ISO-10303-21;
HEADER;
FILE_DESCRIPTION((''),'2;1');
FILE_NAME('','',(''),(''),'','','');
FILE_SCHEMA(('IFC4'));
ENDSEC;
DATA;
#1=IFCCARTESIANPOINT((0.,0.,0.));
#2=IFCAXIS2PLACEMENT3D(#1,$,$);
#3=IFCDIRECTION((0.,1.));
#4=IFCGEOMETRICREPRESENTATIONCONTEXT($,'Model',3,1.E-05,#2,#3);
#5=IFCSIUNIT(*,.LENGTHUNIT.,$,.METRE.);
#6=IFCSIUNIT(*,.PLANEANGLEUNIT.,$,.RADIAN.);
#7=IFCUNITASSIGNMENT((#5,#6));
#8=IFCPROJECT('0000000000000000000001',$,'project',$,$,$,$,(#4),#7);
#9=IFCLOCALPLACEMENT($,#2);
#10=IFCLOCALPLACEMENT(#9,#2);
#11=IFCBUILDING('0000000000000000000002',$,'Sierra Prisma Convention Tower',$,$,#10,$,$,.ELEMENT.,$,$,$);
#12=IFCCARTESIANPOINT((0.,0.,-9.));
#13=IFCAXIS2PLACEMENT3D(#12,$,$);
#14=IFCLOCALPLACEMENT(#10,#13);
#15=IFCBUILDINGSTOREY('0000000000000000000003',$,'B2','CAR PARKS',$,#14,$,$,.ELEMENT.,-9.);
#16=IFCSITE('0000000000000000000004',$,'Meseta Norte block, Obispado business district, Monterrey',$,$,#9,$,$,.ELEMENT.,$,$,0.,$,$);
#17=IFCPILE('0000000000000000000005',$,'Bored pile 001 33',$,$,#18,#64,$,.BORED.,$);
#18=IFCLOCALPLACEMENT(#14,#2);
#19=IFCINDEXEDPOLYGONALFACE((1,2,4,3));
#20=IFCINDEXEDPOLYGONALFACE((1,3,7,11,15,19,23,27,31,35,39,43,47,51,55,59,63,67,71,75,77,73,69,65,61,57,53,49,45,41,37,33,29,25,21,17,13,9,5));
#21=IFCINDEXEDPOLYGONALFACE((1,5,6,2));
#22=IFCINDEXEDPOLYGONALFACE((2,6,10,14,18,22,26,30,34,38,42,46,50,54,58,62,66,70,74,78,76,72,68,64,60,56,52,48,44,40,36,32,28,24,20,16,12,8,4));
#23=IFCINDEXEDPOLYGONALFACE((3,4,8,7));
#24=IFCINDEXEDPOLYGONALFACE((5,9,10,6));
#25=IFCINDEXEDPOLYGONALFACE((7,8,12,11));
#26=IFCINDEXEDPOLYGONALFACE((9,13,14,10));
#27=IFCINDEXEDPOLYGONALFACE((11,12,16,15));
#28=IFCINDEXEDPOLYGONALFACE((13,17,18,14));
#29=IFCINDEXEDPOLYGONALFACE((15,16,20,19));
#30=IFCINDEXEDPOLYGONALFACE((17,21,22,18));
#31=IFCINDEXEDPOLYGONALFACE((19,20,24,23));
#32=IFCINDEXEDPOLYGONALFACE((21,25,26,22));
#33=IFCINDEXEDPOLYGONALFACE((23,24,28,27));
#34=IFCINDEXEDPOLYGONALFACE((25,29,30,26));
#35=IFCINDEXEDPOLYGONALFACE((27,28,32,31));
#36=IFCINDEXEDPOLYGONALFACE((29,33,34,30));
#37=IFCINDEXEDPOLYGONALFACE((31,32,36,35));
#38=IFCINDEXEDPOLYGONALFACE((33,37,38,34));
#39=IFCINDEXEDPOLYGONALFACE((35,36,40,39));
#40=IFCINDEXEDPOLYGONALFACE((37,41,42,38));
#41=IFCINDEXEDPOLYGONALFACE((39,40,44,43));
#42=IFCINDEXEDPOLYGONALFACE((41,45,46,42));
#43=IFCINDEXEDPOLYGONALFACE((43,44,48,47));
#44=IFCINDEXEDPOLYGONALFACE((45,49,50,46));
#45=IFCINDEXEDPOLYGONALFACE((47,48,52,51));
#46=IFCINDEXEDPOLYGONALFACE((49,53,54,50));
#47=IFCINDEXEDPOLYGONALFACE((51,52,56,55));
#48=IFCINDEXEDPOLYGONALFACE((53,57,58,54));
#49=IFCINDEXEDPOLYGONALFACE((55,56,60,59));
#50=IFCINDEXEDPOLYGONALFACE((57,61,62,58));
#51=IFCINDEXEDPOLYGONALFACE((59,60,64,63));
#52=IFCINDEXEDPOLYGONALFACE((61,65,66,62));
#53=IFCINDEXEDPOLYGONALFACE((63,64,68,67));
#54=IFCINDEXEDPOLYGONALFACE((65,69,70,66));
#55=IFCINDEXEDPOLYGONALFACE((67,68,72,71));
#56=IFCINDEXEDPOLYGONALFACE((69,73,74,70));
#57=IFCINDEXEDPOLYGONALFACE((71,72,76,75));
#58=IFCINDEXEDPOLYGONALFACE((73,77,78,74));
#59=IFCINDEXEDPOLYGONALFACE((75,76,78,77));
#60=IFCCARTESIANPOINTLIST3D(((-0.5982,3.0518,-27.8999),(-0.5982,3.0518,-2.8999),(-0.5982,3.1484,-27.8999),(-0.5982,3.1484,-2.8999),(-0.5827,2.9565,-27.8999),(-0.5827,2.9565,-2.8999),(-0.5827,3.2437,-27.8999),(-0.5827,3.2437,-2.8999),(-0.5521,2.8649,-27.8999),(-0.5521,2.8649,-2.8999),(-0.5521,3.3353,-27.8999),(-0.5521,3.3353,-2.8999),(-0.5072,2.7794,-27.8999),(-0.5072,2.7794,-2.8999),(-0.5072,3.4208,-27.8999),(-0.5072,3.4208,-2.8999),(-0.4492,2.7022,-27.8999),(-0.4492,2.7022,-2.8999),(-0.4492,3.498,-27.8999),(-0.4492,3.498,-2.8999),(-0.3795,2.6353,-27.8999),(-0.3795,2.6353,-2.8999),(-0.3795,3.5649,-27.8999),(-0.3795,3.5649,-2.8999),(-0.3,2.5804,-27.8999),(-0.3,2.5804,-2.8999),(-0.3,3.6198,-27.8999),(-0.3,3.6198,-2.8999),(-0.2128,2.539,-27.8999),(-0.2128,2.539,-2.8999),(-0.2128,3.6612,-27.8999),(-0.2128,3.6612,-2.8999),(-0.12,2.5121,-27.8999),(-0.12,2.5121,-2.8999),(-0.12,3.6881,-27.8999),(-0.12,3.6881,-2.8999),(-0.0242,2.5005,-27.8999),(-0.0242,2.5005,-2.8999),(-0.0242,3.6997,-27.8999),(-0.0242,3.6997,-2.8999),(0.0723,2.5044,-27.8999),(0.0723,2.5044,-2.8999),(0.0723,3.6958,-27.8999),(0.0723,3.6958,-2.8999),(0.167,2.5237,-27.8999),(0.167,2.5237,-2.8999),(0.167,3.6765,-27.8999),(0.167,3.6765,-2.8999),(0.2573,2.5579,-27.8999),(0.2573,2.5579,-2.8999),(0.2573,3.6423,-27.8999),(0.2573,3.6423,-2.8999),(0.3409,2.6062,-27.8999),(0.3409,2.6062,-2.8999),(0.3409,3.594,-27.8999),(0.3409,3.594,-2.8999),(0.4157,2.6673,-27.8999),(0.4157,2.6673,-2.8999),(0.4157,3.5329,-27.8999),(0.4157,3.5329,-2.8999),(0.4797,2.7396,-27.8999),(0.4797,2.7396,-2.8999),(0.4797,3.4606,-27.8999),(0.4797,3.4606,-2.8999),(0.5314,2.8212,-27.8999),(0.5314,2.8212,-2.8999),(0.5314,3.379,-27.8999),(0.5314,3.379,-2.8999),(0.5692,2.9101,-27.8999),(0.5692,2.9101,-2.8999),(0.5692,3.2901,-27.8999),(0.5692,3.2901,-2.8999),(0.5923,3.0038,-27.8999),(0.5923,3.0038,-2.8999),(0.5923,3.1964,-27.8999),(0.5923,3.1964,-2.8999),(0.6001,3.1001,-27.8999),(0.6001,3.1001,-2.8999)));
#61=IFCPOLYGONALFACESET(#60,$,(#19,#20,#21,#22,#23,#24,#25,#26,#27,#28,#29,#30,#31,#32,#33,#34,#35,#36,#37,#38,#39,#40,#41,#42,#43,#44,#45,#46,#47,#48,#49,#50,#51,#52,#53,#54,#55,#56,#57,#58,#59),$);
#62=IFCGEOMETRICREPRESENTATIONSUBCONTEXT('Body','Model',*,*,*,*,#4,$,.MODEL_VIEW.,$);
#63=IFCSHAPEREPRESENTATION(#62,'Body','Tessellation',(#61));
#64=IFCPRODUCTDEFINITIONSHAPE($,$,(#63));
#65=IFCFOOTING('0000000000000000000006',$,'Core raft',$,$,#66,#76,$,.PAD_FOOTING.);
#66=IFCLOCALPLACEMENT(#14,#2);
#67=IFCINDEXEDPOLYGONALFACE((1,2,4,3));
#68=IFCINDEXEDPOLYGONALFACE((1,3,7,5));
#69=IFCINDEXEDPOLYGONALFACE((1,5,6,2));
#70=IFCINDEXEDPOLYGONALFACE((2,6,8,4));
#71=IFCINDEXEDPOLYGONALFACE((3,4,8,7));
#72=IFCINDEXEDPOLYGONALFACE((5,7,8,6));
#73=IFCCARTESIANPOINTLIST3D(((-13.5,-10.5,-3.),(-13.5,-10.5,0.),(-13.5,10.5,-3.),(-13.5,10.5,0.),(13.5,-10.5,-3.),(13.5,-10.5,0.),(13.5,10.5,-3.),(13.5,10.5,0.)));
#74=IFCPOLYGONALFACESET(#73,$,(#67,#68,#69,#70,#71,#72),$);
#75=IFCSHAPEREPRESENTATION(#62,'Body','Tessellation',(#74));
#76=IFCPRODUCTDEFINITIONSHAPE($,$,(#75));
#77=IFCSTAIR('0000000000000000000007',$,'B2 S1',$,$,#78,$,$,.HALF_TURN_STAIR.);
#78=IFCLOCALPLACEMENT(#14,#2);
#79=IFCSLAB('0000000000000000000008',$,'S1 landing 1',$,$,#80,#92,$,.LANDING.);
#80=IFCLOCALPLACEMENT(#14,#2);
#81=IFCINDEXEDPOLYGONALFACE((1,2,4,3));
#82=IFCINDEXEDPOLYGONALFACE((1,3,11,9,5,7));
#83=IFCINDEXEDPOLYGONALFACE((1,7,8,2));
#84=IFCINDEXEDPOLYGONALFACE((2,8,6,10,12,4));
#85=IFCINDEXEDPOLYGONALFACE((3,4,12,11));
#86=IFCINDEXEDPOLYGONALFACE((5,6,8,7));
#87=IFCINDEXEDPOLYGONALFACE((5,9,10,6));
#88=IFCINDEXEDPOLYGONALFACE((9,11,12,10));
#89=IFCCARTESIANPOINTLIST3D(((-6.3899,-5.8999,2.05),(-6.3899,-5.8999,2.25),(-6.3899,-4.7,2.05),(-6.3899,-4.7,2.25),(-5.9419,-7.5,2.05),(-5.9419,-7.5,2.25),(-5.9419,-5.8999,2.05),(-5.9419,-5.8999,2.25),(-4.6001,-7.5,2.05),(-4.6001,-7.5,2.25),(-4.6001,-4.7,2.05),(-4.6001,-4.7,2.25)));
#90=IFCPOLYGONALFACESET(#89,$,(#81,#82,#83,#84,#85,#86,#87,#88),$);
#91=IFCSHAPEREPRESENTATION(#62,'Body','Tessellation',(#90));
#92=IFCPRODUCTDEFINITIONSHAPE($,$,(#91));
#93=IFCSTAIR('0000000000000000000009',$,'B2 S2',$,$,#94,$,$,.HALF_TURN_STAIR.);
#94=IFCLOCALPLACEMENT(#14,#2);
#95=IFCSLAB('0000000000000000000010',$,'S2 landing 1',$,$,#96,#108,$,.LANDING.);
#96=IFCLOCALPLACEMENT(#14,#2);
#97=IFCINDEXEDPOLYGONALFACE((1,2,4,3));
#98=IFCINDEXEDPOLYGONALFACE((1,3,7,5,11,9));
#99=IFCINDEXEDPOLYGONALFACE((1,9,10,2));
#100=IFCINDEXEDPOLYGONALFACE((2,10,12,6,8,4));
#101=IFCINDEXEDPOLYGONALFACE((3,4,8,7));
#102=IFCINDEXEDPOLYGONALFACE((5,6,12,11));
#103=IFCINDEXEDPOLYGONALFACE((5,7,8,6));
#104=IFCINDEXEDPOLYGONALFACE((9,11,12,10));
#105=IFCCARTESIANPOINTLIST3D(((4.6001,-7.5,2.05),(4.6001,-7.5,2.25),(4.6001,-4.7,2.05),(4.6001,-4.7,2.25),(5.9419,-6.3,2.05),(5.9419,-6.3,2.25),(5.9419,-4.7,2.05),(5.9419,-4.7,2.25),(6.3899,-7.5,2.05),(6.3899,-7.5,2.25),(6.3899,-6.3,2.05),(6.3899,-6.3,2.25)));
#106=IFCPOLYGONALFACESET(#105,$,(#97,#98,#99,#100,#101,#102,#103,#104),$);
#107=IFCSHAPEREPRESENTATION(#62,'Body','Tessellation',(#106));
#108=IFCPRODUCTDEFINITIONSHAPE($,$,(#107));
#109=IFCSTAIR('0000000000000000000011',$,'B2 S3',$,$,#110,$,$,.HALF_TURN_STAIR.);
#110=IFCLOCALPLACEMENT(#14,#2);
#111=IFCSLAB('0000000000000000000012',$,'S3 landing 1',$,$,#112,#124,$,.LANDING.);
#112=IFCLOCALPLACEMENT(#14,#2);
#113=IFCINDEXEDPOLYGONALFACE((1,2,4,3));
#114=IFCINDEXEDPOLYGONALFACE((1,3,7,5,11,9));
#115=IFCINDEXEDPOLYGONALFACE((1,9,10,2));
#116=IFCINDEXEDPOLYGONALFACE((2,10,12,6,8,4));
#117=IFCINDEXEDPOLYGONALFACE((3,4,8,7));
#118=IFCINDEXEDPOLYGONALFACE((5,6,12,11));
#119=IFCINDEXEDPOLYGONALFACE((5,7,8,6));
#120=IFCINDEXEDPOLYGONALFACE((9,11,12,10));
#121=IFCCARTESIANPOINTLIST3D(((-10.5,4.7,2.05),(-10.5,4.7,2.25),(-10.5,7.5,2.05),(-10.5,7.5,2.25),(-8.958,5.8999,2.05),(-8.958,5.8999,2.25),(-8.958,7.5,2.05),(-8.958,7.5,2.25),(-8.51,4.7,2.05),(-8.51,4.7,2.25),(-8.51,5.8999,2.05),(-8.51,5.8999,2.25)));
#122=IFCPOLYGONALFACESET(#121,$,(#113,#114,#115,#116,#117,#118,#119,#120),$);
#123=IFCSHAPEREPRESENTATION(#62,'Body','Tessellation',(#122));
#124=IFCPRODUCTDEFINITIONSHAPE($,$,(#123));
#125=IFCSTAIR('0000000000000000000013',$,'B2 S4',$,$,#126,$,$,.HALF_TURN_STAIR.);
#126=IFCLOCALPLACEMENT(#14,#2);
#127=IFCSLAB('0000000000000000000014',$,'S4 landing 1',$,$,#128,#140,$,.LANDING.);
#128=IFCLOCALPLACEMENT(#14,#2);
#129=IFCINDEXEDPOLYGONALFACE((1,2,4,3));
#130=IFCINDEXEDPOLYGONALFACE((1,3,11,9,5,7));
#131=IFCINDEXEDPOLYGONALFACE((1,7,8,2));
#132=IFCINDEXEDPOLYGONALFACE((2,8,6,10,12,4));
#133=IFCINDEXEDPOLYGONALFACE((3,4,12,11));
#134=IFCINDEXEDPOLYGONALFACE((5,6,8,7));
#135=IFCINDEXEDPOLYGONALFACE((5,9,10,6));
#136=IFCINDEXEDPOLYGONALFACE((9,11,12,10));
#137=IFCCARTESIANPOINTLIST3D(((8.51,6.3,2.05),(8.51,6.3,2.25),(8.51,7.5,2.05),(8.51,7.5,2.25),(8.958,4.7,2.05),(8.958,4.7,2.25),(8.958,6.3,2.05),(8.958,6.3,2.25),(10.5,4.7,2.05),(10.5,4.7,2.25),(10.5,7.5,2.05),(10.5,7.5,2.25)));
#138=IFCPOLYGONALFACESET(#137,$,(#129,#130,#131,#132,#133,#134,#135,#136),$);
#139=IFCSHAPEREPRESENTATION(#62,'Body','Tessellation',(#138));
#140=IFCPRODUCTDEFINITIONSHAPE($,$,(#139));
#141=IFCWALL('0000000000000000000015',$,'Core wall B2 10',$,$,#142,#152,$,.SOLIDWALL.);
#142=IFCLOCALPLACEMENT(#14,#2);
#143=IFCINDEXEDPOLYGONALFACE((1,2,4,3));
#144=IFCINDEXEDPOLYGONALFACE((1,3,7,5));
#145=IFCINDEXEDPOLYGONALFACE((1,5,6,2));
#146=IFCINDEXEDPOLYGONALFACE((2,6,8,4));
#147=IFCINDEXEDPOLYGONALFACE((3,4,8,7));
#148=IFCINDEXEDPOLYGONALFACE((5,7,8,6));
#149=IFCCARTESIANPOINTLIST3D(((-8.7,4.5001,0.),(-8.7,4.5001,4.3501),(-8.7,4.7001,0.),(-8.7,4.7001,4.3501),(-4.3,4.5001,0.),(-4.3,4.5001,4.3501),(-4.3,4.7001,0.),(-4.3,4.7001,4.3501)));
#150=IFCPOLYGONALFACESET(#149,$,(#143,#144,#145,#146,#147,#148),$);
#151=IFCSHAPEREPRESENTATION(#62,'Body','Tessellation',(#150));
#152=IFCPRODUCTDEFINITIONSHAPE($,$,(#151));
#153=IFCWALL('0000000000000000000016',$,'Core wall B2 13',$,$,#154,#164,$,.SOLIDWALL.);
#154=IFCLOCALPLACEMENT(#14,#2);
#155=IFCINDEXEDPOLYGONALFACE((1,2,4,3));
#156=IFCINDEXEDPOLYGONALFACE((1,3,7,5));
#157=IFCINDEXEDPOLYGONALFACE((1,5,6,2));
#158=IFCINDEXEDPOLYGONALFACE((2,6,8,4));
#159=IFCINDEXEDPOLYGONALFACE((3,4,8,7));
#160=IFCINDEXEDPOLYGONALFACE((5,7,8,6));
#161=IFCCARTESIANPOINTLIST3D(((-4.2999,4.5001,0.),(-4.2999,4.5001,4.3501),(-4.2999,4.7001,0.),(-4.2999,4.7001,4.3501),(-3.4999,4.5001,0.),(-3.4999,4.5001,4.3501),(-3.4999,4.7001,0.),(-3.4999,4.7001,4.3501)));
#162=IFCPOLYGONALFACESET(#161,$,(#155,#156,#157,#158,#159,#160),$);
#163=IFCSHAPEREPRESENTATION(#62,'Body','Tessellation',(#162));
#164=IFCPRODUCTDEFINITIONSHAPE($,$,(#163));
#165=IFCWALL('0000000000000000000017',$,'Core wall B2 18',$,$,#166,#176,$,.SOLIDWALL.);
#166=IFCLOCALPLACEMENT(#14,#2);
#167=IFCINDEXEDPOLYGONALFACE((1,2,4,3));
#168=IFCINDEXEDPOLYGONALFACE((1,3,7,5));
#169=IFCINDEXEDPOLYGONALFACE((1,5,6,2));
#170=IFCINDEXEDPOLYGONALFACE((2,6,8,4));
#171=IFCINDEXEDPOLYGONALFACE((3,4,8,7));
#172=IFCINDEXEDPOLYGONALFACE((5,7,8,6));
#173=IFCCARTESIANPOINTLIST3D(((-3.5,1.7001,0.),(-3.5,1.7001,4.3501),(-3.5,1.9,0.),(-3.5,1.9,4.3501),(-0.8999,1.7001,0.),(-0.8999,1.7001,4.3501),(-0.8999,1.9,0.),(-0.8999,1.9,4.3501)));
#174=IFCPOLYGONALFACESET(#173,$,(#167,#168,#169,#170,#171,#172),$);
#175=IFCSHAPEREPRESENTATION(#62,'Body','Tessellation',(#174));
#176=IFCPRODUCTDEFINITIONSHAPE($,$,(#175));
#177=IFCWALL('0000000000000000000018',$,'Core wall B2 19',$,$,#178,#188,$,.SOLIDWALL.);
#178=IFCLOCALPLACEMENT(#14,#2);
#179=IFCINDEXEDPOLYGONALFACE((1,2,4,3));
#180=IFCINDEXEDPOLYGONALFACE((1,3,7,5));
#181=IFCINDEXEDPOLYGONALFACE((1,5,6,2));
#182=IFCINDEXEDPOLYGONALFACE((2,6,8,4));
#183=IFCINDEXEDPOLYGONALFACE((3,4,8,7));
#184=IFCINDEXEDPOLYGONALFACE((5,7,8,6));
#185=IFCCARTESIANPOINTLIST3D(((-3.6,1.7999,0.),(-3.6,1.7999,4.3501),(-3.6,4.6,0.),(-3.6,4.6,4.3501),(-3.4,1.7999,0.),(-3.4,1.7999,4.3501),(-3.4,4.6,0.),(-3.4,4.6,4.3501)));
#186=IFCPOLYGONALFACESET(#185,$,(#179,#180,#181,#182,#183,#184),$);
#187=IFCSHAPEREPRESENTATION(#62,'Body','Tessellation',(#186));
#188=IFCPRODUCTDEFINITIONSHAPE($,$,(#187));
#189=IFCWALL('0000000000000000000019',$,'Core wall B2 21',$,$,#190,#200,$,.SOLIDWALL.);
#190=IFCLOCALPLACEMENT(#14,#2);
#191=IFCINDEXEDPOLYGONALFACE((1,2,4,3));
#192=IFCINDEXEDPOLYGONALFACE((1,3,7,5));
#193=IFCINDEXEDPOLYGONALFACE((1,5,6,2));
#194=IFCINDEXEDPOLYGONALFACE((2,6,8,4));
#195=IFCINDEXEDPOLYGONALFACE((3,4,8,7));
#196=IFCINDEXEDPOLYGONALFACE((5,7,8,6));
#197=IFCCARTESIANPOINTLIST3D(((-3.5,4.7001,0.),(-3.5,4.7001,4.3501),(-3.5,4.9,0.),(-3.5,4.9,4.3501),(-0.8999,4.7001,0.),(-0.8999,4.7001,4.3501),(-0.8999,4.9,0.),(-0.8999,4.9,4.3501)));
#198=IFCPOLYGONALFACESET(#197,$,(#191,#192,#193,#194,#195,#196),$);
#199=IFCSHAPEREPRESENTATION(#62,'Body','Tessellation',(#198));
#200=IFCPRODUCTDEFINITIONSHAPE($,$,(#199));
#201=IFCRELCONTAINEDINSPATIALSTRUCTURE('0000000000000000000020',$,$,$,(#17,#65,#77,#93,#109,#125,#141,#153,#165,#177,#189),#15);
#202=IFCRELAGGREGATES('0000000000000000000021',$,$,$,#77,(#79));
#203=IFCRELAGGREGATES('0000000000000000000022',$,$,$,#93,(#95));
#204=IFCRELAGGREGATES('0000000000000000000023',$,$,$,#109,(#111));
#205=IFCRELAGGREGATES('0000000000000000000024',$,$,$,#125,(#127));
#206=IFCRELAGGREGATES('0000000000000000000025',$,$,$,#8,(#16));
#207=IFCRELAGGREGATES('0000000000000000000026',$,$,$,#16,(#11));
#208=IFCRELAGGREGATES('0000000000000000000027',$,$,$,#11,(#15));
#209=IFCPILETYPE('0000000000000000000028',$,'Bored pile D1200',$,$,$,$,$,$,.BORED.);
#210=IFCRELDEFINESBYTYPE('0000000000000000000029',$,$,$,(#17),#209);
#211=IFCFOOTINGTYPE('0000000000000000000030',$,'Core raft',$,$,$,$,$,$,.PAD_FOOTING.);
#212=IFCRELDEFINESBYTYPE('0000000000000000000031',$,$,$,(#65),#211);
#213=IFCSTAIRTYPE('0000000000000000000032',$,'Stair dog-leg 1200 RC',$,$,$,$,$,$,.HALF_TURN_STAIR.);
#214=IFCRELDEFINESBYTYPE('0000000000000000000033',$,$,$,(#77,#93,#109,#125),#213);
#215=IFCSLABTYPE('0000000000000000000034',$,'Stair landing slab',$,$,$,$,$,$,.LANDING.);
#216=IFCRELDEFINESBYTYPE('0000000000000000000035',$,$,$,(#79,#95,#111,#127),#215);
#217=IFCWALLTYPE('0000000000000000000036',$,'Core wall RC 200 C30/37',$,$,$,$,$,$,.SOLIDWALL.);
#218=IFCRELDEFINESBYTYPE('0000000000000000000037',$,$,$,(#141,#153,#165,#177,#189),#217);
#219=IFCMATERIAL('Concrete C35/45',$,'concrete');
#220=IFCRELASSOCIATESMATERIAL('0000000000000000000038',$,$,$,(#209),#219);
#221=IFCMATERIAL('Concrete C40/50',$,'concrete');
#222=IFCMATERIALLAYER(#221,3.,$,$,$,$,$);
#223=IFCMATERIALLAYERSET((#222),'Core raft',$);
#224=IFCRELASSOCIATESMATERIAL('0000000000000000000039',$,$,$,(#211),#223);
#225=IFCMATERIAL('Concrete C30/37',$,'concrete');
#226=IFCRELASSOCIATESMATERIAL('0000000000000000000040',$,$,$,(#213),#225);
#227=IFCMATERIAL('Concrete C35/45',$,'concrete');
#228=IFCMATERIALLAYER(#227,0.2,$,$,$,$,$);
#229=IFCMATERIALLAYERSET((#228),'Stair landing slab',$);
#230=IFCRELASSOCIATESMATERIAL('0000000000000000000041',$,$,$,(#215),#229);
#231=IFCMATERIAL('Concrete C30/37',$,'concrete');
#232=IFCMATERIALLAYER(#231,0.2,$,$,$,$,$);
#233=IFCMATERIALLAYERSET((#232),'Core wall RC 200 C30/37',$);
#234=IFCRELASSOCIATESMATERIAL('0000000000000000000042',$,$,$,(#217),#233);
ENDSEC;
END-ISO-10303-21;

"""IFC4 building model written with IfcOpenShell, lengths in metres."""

from ifc_helpers import new_model, si_unit, direction, frame, frame_2d, origin, origin_2d, place, context, subcontext, project, spatial, polyline, rectangle, circle, outline, extrude, material, layer, layer_set, material_profile, profile_set, type_object, element, aggregate, save


model = new_model("IFC4")

# Units and contexts
model_context = context("Model", 3, precision=1e-05, world=origin(), true_north=direction((0.0, 1.0)))
body_context = subcontext(model_context, "Body", "Model", "MODEL_VIEW")
ifc_project = project(units=[si_unit("LENGTHUNIT", "METRE"), si_unit("PLANEANGLEUNIT", "RADIAN")], contexts=[model_context])

# Site, building, storey
site_placement = place(None, origin())
site = spatial("IfcSite", under=ifc_project, at=site_placement, Name="Meseta Norte block, Obispado business district, Monterrey", CompositionType="ELEMENT", RefElevation=0.0)
building_placement = place(site_placement, origin())
building = spatial("IfcBuilding", under=site, at=building_placement, Name="Sierra Prisma Convention Tower", CompositionType="ELEMENT")
storey_placement = place(building_placement, frame((0.0, 0.0, -9.0)))
storey = spatial("IfcBuildingStorey", under=building, at=storey_placement, Name="B2", Description="CAR PARKS", CompositionType="ELEMENT", Elevation=-9.0)

# Pile
ifc_material_1 = material(Name="Concrete C35/45", Category="concrete")
ifc_material_profile = material_profile(ifc_material_1, circle(Radius=0.6001, at=origin_2d()), Name="D1200")
ifc_profile_set = profile_set([ifc_material_profile], Name="Concrete C35/45")
pile_type = type_object("IfcPileType", Name="Bored pile D1200", PredefinedType="BORED", material=ifc_profile_set)
for number, where, z_axis, x_axis, name in (
    (1, (0.0, 3.1001, -2.8999), (0.0, 0.0, -1.0), (1.0, 0.0, 0.0), "Bored pile 001 33"),
):
    element("IfcPile", number, at=place(storey_placement, frame(where, z_axis=z_axis, x_axis=x_axis)), inside=storey, type_object=pile_type, Name=name, PredefinedType="BORED", context=body_context, shape_type="SweptSolid", body=[
        extrude(circle(Radius=0.6001, at=origin_2d()), origin(), (0.0, 0.0, 1.0), 25.0),
    ])

# Footing
ifc_material_2 = material(Name="Concrete C40/50", Category="concrete")
ifc_layer_1 = layer(ifc_material_2, 3.0)
ifc_layer_set_1 = layer_set([ifc_layer_1], Name="Core raft")
footing_type = type_object("IfcFootingType", Name="Core raft", PredefinedType="PAD_FOOTING", material=ifc_layer_set_1)
footing_placement = place(storey_placement, frame((0.0, 0.0, -3.0), z_axis=(0.0, 0.0, 1.0), x_axis=(1.0, 0.0, 0.0)))
element("IfcFooting", 2, at=footing_placement, inside=storey, type_object=footing_type, Name="Core raft", PredefinedType="PAD_FOOTING", context=body_context, shape_type="SweptSolid", body=[
    extrude(rectangle(XDim=27.0, YDim=21.0, at=origin_2d()), origin(), (0.0, 0.0, 1.0), 3.0),
])

# Stairs, slabs
ifc_material_3 = material(Name="Concrete C30/37", Category="concrete")
stair_type = type_object("IfcStairType", Name="Stair dog-leg 1200 RC", PredefinedType="HALF_TURN_STAIR", material=ifc_material_3)
stair_1_placement = place(storey_placement, origin())
stair_1 = element("IfcStair", 3, at=stair_1_placement, inside=storey, type_object=stair_type, Name="B2 S1", PredefinedType="HALF_TURN_STAIR")
ifc_material_4 = material(Name="Concrete C35/45", Category="concrete")
ifc_layer_2 = layer(ifc_material_4, 0.2)
ifc_layer_set_2 = layer_set([ifc_layer_2], Name="Stair landing slab")
slab_type_1 = type_object("IfcSlabType", Name="Stair landing slab", PredefinedType="LANDING", material=ifc_layer_set_2)
slab_1_placement = place(storey_placement, frame((0.0, 0.0, 2.05)))
slab_1 = element("IfcSlab", 4, at=slab_1_placement, type_object=slab_type_1, Name="S1 landing 1", PredefinedType="LANDING", context=body_context, shape_type="SweptSolid", body=[
    extrude(outline(polyline([(-4.6001, -4.7), (-4.6001, -7.5), (-5.9419, -7.5), (-5.9419, -5.8999), (-6.3899, -5.8999), (-6.3899, -4.7), (-4.6001, -4.7)])), origin(), (0.0, 0.0, 1.0), 0.2),
])
aggregate(stair_1, [slab_1])
stair_2_placement = place(storey_placement, origin())
stair_2 = element("IfcStair", 5, at=stair_2_placement, inside=storey, type_object=stair_type, Name="B2 S2", PredefinedType="HALF_TURN_STAIR")
slab_2_placement = place(storey_placement, frame((0.0, 0.0, 2.05)))
slab_2 = element("IfcSlab", 6, at=slab_2_placement, type_object=slab_type_1, Name="S2 landing 1", PredefinedType="LANDING", context=body_context, shape_type="SweptSolid", body=[
    extrude(outline(polyline([(6.3899, -6.3), (6.3899, -7.5), (4.6001, -7.5), (4.6001, -4.7), (5.9419, -4.7), (5.9419, -6.3), (6.3899, -6.3)])), origin(), (0.0, 0.0, 1.0), 0.2),
])
aggregate(stair_2, [slab_2])
stair_3_placement = place(storey_placement, origin())
stair_3 = element("IfcStair", 7, at=stair_3_placement, inside=storey, type_object=stair_type, Name="B2 S3", PredefinedType="HALF_TURN_STAIR")
slab_3_placement = place(storey_placement, frame((0.0, 0.0, 2.05)))
slab_3 = element("IfcSlab", 8, at=slab_3_placement, type_object=slab_type_1, Name="S3 landing 1", PredefinedType="LANDING", context=body_context, shape_type="SweptSolid", body=[
    extrude(outline(polyline([(-8.51, 5.8999), (-8.51, 4.7), (-10.5, 4.7), (-10.5, 7.5), (-8.958, 7.5), (-8.958, 5.8999), (-8.51, 5.8999)])), origin(), (0.0, 0.0, 1.0), 0.2),
])
aggregate(stair_3, [slab_3])
stair_4_placement = place(storey_placement, origin())
stair_4 = element("IfcStair", 9, at=stair_4_placement, inside=storey, type_object=stair_type, Name="B2 S4", PredefinedType="HALF_TURN_STAIR")
slab_4_placement = place(storey_placement, frame((0.0, 0.0, 2.05)))
slab_4 = element("IfcSlab", 10, at=slab_4_placement, type_object=slab_type_1, Name="S4 landing 1", PredefinedType="LANDING", context=body_context, shape_type="SweptSolid", body=[
    extrude(outline(polyline([(10.5, 7.5), (10.5, 4.7), (8.958, 4.7), (8.958, 6.3), (8.51, 6.3), (8.51, 7.5), (10.5, 7.5)])), origin(), (0.0, 0.0, 1.0), 0.2),
])
aggregate(stair_4, [slab_4])

# Shared definitions
ifc_material_5 = material(Name="Concrete C30/37", Category="concrete")
ifc_layer_3 = layer(ifc_material_5, 0.2)
ifc_layer_set_3 = layer_set([ifc_layer_3], Name="Core wall RC 200 C30/37")
wall_type = type_object("IfcWallType", Name="Core wall RC 200 C30/37", PredefinedType="SOLIDWALL", material=ifc_layer_set_3)

# Walls
wall_1_placement = place(storey_placement, frame((-4.3, 4.6001, 0.0), z_axis=(0.0, 0.0, 1.0), x_axis=(-1.0, 0.0, 0.0)))
element("IfcWall", 11, at=wall_1_placement, inside=storey, type_object=wall_type, Name="Core wall B2 10", PredefinedType="SOLIDWALL", context=body_context, shape_type="SweptSolid", body=[
    extrude(rectangle(XDim=4.3999, YDim=0.2, at=frame_2d((2.2, 0.0))), origin(), (0.0, 0.0, 1.0), 4.3501),
])
wall_2_placement = place(storey_placement, frame((-3.5, 4.6001, 0.0), z_axis=(0.0, 0.0, 1.0), x_axis=(-1.0, 0.0, 0.0)))
element("IfcWall", 12, at=wall_2_placement, inside=storey, type_object=wall_type, Name="Core wall B2 13", PredefinedType="SOLIDWALL", context=body_context, shape_type="SweptSolid", body=[
    extrude(rectangle(XDim=0.8, YDim=0.2, at=frame_2d((0.3999, 0.0))), origin(), (0.0, 0.0, 1.0), 4.3501),
])

# Walls
wall_3_placement = place(storey_placement, frame((-0.8999, 1.8, 0.0), z_axis=(0.0, 0.0, 1.0), x_axis=(-1.0, 0.0, 0.0)))
element("IfcWall", 13, at=wall_3_placement, inside=storey, type_object=wall_type, Name="Core wall B2 18", PredefinedType="SOLIDWALL", context=body_context, shape_type="SweptSolid", body=[
    extrude(rectangle(XDim=2.6001, YDim=0.2, at=frame_2d((1.3, 0.0))), origin(), (0.0, 0.0, 1.0), 4.3501),
])
wall_4_placement = place(storey_placement, frame((-3.5, 1.8, 0.0), z_axis=(0.0, 0.0, 1.0), x_axis=(0.0, 1.0, 0.0)))
element("IfcWall", 14, at=wall_4_placement, inside=storey, type_object=wall_type, Name="Core wall B2 19", PredefinedType="SOLIDWALL", context=body_context, shape_type="SweptSolid", body=[
    extrude(rectangle(XDim=2.8, YDim=0.2, at=frame_2d((1.3999, 0.0))), origin(), (0.0, 0.0, 1.0), 4.3501),
])

# Wall
wall_5_placement = place(storey_placement, frame((-0.8999, 4.8, 0.0), z_axis=(0.0, 0.0, 1.0), x_axis=(-1.0, 0.0, 0.0)))
element("IfcWall", 15, at=wall_5_placement, inside=storey, type_object=wall_type, Name="Core wall B2 21", PredefinedType="SOLIDWALL", context=body_context, shape_type="SweptSolid", body=[
    extrude(rectangle(XDim=2.6001, YDim=0.2, at=frame_2d((1.3, 0.0))), origin(), (0.0, 0.0, 1.0), 4.3501),
])

save(model, "model.ifc")
